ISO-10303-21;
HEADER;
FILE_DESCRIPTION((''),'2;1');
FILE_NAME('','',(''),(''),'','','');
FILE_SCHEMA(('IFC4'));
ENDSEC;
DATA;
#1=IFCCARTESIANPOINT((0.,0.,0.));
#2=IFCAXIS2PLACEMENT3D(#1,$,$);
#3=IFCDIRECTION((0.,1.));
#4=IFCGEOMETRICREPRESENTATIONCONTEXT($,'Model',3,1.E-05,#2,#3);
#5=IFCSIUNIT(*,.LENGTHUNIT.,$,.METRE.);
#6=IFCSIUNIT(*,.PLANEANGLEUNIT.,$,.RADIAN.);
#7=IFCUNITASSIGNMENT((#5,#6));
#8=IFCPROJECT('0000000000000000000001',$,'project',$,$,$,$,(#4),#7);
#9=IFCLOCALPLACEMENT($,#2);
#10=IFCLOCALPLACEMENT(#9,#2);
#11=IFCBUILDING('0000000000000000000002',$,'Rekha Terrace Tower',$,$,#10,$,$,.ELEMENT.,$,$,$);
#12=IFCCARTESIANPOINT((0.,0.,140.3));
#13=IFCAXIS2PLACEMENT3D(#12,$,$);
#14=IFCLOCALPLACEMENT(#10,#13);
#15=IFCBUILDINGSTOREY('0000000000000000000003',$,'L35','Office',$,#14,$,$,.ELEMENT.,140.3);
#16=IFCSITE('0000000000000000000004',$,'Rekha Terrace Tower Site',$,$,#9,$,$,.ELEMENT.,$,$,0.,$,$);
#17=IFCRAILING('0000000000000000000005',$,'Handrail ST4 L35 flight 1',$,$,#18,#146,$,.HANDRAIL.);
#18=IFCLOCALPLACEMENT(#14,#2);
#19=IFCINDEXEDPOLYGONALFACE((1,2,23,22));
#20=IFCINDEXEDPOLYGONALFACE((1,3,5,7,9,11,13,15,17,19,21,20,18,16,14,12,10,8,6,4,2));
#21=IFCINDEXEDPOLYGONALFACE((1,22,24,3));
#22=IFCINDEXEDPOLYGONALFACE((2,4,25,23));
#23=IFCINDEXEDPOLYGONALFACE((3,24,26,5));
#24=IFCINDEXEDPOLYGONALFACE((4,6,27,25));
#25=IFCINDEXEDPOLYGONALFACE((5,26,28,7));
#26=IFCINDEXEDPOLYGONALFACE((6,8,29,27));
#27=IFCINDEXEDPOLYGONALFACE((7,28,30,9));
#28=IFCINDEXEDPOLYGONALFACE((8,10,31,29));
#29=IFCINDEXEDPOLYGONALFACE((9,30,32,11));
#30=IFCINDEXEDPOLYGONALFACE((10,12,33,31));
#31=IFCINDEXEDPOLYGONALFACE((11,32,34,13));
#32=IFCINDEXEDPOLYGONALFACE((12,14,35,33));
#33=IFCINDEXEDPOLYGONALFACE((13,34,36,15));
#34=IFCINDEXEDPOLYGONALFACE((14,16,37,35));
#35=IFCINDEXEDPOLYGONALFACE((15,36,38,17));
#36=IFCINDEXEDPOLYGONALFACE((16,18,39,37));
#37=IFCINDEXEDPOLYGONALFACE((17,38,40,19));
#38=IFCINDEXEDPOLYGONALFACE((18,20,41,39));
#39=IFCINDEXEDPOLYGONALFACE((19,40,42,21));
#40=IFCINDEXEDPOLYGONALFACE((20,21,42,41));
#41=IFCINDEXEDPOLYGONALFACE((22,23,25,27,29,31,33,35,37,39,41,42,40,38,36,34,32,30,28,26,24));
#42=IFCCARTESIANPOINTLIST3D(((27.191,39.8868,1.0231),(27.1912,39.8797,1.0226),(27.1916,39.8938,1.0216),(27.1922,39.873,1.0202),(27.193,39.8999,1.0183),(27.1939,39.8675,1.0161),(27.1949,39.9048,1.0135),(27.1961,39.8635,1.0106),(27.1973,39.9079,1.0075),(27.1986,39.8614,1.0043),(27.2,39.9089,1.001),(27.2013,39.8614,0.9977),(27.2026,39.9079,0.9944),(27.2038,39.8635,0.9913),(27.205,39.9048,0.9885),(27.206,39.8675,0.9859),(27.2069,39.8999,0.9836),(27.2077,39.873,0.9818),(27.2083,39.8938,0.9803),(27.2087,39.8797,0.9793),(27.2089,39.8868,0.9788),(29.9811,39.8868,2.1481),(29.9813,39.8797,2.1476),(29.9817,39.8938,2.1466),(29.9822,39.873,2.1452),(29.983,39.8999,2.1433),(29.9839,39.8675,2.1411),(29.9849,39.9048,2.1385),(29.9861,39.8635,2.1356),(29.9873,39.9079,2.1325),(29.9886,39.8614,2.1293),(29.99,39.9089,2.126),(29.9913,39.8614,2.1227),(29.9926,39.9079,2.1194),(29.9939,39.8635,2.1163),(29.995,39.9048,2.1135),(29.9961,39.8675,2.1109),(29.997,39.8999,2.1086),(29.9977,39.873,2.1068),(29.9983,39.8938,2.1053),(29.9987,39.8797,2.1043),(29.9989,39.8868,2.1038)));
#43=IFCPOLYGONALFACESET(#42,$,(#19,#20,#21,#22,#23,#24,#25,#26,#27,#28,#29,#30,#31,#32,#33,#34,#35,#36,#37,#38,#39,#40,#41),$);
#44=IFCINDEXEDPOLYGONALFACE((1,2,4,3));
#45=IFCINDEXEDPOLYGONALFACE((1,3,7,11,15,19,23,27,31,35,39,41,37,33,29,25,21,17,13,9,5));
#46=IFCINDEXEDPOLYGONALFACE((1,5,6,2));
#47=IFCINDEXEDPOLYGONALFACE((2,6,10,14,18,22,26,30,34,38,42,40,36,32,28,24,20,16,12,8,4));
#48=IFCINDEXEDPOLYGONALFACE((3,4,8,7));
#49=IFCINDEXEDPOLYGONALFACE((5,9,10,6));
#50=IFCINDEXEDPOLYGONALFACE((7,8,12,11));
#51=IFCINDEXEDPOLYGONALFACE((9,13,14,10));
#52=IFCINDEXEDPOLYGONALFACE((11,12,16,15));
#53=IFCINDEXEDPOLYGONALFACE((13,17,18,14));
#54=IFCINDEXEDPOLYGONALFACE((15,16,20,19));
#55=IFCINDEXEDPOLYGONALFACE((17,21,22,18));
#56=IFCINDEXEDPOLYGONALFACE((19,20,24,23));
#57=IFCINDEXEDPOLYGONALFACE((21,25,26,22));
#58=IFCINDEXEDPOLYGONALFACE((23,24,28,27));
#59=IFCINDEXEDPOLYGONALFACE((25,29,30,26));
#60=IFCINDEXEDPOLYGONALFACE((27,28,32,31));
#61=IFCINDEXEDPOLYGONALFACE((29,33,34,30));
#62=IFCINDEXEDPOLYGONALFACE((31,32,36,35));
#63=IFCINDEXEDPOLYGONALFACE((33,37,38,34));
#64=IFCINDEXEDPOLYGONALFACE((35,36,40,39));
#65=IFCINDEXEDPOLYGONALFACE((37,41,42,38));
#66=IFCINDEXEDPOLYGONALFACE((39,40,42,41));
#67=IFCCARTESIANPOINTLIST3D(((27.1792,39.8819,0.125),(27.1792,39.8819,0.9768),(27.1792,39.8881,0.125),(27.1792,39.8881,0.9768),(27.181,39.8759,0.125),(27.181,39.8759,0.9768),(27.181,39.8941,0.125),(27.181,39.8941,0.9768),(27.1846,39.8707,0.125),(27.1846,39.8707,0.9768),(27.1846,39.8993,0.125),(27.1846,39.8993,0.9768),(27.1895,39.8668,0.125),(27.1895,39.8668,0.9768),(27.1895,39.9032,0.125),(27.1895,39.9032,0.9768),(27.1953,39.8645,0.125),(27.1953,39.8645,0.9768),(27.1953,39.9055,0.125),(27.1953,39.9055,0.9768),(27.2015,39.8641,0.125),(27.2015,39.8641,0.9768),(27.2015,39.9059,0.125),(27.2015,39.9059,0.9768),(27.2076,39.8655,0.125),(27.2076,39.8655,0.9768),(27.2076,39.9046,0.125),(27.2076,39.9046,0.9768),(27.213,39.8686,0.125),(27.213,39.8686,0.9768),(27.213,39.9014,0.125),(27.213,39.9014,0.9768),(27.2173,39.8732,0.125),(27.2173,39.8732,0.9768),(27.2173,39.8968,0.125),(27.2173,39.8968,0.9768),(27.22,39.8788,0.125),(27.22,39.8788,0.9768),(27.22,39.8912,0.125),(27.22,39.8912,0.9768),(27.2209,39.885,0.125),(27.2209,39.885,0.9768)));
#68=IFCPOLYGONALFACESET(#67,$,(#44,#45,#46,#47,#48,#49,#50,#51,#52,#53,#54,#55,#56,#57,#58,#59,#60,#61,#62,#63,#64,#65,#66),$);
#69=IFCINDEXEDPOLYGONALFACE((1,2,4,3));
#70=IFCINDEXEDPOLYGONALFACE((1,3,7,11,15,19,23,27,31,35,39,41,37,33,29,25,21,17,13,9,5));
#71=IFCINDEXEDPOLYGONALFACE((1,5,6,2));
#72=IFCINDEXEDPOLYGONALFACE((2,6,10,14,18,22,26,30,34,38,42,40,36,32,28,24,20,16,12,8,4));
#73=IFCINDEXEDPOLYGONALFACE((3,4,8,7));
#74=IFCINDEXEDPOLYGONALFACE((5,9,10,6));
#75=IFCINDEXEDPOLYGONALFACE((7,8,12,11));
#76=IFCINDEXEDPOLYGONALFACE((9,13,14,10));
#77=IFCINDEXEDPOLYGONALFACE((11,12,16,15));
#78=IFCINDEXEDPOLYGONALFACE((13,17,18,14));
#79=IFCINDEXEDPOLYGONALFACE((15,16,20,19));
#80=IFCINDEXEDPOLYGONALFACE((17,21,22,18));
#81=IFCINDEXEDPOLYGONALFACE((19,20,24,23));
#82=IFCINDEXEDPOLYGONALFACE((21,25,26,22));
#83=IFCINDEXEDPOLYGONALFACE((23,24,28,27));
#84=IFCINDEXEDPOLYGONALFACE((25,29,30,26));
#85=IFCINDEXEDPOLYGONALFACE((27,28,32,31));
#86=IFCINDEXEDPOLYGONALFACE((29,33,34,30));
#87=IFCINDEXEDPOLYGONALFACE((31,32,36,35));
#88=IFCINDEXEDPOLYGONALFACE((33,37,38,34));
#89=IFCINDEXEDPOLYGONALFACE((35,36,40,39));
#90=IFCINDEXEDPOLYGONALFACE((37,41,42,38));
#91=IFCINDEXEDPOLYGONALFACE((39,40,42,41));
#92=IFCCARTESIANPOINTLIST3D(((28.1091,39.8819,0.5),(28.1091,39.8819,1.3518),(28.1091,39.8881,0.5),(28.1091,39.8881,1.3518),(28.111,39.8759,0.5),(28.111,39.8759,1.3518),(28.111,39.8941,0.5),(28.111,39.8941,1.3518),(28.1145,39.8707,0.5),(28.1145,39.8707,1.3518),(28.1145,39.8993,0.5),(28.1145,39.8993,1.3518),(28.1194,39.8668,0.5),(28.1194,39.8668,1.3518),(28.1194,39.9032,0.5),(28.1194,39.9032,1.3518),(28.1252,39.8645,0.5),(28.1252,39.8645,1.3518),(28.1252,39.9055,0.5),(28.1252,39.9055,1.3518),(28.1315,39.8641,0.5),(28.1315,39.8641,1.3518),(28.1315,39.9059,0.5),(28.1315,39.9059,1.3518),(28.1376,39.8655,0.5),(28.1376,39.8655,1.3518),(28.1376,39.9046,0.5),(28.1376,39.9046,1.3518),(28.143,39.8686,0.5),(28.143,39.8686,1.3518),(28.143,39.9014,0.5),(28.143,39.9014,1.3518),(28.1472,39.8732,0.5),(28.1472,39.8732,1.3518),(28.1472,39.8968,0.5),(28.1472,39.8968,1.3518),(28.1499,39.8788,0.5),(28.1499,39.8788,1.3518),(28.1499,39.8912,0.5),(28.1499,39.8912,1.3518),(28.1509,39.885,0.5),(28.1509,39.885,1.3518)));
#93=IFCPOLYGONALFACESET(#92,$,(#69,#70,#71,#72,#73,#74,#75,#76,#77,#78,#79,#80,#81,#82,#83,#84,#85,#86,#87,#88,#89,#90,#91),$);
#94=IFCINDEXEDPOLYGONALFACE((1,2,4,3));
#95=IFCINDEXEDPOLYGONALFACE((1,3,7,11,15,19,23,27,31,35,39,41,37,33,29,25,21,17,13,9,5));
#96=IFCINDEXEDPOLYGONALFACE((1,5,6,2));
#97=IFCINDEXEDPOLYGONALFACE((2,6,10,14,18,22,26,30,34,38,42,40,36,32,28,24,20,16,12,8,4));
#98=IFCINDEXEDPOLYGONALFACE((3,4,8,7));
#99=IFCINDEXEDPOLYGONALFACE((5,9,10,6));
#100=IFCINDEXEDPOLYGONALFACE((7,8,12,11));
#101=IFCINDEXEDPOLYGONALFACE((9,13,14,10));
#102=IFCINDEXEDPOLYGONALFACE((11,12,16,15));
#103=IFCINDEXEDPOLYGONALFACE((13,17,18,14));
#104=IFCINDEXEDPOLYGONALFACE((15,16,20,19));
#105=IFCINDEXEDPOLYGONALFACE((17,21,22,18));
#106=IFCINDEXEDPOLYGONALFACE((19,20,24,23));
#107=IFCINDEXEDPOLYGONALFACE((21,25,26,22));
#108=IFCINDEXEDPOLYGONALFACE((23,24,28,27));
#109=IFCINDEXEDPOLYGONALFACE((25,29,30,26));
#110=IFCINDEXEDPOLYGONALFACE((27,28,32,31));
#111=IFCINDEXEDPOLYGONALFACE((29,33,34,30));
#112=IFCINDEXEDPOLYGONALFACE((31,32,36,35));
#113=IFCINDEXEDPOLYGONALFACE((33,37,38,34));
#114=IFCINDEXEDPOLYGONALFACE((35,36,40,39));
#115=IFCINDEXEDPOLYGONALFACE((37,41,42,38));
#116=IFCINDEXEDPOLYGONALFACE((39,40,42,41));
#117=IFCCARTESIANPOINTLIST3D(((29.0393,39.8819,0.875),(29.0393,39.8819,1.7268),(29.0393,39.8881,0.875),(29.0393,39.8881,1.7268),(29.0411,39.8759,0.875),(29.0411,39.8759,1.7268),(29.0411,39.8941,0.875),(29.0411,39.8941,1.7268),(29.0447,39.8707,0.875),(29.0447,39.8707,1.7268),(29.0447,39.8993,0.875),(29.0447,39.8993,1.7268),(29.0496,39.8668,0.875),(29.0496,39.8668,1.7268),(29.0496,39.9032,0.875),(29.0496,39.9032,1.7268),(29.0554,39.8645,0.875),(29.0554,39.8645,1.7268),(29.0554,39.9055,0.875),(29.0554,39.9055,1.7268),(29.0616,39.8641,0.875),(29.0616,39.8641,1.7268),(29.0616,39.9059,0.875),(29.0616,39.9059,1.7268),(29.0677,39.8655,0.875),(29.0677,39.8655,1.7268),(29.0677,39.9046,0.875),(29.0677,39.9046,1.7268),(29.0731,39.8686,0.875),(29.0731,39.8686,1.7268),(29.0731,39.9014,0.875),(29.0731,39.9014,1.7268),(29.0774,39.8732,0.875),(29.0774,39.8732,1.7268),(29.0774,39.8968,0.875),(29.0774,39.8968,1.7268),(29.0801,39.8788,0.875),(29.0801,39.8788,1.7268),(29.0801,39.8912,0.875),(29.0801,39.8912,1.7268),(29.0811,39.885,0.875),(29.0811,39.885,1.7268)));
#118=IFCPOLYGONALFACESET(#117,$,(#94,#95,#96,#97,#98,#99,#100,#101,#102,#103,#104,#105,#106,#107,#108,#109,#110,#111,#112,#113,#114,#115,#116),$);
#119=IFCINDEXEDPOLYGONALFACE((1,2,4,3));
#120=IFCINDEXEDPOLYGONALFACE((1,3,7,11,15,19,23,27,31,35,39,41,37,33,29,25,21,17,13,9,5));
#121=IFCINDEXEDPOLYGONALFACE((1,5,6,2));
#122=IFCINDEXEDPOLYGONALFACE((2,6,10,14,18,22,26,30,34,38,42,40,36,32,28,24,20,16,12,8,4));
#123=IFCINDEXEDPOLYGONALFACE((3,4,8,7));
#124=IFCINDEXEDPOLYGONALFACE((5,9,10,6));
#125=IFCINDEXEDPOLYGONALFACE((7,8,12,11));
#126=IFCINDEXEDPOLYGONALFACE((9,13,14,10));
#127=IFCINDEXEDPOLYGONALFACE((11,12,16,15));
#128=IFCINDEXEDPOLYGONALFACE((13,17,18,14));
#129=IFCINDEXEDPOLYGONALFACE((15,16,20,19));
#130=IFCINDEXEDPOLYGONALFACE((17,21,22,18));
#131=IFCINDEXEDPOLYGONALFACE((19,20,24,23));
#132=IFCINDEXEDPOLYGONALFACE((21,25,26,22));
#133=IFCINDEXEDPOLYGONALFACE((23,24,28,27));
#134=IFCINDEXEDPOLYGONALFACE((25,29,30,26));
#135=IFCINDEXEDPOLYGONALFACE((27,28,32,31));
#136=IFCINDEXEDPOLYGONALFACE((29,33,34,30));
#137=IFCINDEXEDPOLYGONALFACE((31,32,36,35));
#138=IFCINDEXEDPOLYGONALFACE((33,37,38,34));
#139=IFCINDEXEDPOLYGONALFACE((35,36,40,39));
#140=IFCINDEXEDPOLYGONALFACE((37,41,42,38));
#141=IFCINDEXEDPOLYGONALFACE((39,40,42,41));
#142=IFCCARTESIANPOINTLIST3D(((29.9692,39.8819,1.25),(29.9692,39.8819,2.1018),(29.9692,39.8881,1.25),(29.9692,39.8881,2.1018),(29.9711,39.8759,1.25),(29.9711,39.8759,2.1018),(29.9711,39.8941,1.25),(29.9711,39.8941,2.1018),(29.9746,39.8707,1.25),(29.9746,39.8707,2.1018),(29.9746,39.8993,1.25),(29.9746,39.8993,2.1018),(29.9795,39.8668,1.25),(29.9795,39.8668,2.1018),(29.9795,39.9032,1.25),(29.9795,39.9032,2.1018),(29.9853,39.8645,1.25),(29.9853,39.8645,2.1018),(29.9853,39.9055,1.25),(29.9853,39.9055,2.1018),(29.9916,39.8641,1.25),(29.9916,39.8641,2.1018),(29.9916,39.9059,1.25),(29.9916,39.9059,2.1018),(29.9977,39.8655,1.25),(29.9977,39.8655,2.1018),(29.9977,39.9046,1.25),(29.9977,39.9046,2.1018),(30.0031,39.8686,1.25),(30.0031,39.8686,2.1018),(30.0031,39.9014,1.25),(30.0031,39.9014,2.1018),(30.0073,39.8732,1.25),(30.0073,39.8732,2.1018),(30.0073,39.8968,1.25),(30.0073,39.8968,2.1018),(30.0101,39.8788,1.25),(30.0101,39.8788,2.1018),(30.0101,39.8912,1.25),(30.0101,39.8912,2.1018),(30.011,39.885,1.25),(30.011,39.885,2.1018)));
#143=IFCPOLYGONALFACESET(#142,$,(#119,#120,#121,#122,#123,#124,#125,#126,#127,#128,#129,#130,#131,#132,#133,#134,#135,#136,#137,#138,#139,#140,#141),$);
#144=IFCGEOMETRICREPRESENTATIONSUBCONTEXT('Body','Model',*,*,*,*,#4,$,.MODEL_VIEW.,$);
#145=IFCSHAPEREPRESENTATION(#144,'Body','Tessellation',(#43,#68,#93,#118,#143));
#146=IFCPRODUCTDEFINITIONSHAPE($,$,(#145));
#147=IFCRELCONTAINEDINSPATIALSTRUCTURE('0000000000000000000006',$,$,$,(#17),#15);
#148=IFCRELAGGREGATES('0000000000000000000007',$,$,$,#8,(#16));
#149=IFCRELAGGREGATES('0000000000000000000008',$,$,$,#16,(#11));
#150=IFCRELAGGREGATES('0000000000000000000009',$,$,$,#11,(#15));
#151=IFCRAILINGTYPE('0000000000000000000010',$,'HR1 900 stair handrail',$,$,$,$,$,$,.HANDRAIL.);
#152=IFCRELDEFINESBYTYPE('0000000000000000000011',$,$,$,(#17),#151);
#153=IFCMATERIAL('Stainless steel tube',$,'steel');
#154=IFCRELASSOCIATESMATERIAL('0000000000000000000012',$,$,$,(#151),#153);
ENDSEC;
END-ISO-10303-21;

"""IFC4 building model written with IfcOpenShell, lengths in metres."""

from ifc_helpers import new_model, si_unit, direction, frame, origin, origin_2d, place, context, subcontext, project, spatial, circle, extrude, material, type_object, element, save


model = new_model("IFC4")

# Units and contexts
model_context = context("Model", 3, precision=1e-05, world=origin(), true_north=direction((0.0, 1.0)))
body_context = subcontext(model_context, "Body", "Model", "MODEL_VIEW")
ifc_project = project(units=[si_unit("LENGTHUNIT", "METRE"), si_unit("PLANEANGLEUNIT", "RADIAN")], contexts=[model_context])

# Site, building, storey
site_placement = place(None, origin())
site = spatial("IfcSite", under=ifc_project, at=site_placement, Name="Rekha Terrace Tower Site", CompositionType="ELEMENT", RefElevation=0.0)
building_placement = place(site_placement, origin())
building = spatial("IfcBuilding", under=site, at=building_placement, Name="Rekha Terrace Tower", CompositionType="ELEMENT")
storey_placement = place(building_placement, frame((0.0, 0.0, 140.3)))
storey = spatial("IfcBuildingStorey", under=building, at=storey_placement, Name="L35", Description="Office", CompositionType="ELEMENT", Elevation=140.3)

# Railing
ifc_material_1 = material(Name="Stainless steel tube", Category="steel")
railing_type_1 = type_object("IfcRailingType", Name="HR1 900 stair handrail", PredefinedType="HANDRAIL", material=ifc_material_1)
railing_1_placement = place(storey_placement, frame((27.2, 39.885, 0.125)))
element("IfcRailing", 1, at=railing_1_placement, inside=storey, type_object=railing_type_1, Name="Handrail ST4 L35 flight 1", PredefinedType="HANDRAIL", context=body_context, shape_type="SweptSolid", body=[
    extrude(circle(Radius=0.0239, at=origin_2d()), frame((0.0, 0.0, 0.876), z_axis=(0.927443, 0.0, 0.373964), x_axis=(0.0, 1.0, 0.0)), (0.0, 0.0, 1.0), 3.0083),
    extrude(circle(Radius=0.021, at=origin_2d()), origin(), (0.0, 0.0, 1.0), 0.8518),
    extrude(circle(Radius=0.021, at=origin_2d()), frame((0.9299, 0.0, 0.375)), (0.0, 0.0, 1.0), 0.8518),
    extrude(circle(Radius=0.021, at=origin_2d()), frame((1.8601, 0.0, 0.75)), (0.0, 0.0, 1.0), 0.8518),
    extrude(circle(Radius=0.021, at=origin_2d()), frame((2.79, 0.0, 1.125)), (0.0, 0.0, 1.0), 0.8518),
])

save(model, "model.ifc")
